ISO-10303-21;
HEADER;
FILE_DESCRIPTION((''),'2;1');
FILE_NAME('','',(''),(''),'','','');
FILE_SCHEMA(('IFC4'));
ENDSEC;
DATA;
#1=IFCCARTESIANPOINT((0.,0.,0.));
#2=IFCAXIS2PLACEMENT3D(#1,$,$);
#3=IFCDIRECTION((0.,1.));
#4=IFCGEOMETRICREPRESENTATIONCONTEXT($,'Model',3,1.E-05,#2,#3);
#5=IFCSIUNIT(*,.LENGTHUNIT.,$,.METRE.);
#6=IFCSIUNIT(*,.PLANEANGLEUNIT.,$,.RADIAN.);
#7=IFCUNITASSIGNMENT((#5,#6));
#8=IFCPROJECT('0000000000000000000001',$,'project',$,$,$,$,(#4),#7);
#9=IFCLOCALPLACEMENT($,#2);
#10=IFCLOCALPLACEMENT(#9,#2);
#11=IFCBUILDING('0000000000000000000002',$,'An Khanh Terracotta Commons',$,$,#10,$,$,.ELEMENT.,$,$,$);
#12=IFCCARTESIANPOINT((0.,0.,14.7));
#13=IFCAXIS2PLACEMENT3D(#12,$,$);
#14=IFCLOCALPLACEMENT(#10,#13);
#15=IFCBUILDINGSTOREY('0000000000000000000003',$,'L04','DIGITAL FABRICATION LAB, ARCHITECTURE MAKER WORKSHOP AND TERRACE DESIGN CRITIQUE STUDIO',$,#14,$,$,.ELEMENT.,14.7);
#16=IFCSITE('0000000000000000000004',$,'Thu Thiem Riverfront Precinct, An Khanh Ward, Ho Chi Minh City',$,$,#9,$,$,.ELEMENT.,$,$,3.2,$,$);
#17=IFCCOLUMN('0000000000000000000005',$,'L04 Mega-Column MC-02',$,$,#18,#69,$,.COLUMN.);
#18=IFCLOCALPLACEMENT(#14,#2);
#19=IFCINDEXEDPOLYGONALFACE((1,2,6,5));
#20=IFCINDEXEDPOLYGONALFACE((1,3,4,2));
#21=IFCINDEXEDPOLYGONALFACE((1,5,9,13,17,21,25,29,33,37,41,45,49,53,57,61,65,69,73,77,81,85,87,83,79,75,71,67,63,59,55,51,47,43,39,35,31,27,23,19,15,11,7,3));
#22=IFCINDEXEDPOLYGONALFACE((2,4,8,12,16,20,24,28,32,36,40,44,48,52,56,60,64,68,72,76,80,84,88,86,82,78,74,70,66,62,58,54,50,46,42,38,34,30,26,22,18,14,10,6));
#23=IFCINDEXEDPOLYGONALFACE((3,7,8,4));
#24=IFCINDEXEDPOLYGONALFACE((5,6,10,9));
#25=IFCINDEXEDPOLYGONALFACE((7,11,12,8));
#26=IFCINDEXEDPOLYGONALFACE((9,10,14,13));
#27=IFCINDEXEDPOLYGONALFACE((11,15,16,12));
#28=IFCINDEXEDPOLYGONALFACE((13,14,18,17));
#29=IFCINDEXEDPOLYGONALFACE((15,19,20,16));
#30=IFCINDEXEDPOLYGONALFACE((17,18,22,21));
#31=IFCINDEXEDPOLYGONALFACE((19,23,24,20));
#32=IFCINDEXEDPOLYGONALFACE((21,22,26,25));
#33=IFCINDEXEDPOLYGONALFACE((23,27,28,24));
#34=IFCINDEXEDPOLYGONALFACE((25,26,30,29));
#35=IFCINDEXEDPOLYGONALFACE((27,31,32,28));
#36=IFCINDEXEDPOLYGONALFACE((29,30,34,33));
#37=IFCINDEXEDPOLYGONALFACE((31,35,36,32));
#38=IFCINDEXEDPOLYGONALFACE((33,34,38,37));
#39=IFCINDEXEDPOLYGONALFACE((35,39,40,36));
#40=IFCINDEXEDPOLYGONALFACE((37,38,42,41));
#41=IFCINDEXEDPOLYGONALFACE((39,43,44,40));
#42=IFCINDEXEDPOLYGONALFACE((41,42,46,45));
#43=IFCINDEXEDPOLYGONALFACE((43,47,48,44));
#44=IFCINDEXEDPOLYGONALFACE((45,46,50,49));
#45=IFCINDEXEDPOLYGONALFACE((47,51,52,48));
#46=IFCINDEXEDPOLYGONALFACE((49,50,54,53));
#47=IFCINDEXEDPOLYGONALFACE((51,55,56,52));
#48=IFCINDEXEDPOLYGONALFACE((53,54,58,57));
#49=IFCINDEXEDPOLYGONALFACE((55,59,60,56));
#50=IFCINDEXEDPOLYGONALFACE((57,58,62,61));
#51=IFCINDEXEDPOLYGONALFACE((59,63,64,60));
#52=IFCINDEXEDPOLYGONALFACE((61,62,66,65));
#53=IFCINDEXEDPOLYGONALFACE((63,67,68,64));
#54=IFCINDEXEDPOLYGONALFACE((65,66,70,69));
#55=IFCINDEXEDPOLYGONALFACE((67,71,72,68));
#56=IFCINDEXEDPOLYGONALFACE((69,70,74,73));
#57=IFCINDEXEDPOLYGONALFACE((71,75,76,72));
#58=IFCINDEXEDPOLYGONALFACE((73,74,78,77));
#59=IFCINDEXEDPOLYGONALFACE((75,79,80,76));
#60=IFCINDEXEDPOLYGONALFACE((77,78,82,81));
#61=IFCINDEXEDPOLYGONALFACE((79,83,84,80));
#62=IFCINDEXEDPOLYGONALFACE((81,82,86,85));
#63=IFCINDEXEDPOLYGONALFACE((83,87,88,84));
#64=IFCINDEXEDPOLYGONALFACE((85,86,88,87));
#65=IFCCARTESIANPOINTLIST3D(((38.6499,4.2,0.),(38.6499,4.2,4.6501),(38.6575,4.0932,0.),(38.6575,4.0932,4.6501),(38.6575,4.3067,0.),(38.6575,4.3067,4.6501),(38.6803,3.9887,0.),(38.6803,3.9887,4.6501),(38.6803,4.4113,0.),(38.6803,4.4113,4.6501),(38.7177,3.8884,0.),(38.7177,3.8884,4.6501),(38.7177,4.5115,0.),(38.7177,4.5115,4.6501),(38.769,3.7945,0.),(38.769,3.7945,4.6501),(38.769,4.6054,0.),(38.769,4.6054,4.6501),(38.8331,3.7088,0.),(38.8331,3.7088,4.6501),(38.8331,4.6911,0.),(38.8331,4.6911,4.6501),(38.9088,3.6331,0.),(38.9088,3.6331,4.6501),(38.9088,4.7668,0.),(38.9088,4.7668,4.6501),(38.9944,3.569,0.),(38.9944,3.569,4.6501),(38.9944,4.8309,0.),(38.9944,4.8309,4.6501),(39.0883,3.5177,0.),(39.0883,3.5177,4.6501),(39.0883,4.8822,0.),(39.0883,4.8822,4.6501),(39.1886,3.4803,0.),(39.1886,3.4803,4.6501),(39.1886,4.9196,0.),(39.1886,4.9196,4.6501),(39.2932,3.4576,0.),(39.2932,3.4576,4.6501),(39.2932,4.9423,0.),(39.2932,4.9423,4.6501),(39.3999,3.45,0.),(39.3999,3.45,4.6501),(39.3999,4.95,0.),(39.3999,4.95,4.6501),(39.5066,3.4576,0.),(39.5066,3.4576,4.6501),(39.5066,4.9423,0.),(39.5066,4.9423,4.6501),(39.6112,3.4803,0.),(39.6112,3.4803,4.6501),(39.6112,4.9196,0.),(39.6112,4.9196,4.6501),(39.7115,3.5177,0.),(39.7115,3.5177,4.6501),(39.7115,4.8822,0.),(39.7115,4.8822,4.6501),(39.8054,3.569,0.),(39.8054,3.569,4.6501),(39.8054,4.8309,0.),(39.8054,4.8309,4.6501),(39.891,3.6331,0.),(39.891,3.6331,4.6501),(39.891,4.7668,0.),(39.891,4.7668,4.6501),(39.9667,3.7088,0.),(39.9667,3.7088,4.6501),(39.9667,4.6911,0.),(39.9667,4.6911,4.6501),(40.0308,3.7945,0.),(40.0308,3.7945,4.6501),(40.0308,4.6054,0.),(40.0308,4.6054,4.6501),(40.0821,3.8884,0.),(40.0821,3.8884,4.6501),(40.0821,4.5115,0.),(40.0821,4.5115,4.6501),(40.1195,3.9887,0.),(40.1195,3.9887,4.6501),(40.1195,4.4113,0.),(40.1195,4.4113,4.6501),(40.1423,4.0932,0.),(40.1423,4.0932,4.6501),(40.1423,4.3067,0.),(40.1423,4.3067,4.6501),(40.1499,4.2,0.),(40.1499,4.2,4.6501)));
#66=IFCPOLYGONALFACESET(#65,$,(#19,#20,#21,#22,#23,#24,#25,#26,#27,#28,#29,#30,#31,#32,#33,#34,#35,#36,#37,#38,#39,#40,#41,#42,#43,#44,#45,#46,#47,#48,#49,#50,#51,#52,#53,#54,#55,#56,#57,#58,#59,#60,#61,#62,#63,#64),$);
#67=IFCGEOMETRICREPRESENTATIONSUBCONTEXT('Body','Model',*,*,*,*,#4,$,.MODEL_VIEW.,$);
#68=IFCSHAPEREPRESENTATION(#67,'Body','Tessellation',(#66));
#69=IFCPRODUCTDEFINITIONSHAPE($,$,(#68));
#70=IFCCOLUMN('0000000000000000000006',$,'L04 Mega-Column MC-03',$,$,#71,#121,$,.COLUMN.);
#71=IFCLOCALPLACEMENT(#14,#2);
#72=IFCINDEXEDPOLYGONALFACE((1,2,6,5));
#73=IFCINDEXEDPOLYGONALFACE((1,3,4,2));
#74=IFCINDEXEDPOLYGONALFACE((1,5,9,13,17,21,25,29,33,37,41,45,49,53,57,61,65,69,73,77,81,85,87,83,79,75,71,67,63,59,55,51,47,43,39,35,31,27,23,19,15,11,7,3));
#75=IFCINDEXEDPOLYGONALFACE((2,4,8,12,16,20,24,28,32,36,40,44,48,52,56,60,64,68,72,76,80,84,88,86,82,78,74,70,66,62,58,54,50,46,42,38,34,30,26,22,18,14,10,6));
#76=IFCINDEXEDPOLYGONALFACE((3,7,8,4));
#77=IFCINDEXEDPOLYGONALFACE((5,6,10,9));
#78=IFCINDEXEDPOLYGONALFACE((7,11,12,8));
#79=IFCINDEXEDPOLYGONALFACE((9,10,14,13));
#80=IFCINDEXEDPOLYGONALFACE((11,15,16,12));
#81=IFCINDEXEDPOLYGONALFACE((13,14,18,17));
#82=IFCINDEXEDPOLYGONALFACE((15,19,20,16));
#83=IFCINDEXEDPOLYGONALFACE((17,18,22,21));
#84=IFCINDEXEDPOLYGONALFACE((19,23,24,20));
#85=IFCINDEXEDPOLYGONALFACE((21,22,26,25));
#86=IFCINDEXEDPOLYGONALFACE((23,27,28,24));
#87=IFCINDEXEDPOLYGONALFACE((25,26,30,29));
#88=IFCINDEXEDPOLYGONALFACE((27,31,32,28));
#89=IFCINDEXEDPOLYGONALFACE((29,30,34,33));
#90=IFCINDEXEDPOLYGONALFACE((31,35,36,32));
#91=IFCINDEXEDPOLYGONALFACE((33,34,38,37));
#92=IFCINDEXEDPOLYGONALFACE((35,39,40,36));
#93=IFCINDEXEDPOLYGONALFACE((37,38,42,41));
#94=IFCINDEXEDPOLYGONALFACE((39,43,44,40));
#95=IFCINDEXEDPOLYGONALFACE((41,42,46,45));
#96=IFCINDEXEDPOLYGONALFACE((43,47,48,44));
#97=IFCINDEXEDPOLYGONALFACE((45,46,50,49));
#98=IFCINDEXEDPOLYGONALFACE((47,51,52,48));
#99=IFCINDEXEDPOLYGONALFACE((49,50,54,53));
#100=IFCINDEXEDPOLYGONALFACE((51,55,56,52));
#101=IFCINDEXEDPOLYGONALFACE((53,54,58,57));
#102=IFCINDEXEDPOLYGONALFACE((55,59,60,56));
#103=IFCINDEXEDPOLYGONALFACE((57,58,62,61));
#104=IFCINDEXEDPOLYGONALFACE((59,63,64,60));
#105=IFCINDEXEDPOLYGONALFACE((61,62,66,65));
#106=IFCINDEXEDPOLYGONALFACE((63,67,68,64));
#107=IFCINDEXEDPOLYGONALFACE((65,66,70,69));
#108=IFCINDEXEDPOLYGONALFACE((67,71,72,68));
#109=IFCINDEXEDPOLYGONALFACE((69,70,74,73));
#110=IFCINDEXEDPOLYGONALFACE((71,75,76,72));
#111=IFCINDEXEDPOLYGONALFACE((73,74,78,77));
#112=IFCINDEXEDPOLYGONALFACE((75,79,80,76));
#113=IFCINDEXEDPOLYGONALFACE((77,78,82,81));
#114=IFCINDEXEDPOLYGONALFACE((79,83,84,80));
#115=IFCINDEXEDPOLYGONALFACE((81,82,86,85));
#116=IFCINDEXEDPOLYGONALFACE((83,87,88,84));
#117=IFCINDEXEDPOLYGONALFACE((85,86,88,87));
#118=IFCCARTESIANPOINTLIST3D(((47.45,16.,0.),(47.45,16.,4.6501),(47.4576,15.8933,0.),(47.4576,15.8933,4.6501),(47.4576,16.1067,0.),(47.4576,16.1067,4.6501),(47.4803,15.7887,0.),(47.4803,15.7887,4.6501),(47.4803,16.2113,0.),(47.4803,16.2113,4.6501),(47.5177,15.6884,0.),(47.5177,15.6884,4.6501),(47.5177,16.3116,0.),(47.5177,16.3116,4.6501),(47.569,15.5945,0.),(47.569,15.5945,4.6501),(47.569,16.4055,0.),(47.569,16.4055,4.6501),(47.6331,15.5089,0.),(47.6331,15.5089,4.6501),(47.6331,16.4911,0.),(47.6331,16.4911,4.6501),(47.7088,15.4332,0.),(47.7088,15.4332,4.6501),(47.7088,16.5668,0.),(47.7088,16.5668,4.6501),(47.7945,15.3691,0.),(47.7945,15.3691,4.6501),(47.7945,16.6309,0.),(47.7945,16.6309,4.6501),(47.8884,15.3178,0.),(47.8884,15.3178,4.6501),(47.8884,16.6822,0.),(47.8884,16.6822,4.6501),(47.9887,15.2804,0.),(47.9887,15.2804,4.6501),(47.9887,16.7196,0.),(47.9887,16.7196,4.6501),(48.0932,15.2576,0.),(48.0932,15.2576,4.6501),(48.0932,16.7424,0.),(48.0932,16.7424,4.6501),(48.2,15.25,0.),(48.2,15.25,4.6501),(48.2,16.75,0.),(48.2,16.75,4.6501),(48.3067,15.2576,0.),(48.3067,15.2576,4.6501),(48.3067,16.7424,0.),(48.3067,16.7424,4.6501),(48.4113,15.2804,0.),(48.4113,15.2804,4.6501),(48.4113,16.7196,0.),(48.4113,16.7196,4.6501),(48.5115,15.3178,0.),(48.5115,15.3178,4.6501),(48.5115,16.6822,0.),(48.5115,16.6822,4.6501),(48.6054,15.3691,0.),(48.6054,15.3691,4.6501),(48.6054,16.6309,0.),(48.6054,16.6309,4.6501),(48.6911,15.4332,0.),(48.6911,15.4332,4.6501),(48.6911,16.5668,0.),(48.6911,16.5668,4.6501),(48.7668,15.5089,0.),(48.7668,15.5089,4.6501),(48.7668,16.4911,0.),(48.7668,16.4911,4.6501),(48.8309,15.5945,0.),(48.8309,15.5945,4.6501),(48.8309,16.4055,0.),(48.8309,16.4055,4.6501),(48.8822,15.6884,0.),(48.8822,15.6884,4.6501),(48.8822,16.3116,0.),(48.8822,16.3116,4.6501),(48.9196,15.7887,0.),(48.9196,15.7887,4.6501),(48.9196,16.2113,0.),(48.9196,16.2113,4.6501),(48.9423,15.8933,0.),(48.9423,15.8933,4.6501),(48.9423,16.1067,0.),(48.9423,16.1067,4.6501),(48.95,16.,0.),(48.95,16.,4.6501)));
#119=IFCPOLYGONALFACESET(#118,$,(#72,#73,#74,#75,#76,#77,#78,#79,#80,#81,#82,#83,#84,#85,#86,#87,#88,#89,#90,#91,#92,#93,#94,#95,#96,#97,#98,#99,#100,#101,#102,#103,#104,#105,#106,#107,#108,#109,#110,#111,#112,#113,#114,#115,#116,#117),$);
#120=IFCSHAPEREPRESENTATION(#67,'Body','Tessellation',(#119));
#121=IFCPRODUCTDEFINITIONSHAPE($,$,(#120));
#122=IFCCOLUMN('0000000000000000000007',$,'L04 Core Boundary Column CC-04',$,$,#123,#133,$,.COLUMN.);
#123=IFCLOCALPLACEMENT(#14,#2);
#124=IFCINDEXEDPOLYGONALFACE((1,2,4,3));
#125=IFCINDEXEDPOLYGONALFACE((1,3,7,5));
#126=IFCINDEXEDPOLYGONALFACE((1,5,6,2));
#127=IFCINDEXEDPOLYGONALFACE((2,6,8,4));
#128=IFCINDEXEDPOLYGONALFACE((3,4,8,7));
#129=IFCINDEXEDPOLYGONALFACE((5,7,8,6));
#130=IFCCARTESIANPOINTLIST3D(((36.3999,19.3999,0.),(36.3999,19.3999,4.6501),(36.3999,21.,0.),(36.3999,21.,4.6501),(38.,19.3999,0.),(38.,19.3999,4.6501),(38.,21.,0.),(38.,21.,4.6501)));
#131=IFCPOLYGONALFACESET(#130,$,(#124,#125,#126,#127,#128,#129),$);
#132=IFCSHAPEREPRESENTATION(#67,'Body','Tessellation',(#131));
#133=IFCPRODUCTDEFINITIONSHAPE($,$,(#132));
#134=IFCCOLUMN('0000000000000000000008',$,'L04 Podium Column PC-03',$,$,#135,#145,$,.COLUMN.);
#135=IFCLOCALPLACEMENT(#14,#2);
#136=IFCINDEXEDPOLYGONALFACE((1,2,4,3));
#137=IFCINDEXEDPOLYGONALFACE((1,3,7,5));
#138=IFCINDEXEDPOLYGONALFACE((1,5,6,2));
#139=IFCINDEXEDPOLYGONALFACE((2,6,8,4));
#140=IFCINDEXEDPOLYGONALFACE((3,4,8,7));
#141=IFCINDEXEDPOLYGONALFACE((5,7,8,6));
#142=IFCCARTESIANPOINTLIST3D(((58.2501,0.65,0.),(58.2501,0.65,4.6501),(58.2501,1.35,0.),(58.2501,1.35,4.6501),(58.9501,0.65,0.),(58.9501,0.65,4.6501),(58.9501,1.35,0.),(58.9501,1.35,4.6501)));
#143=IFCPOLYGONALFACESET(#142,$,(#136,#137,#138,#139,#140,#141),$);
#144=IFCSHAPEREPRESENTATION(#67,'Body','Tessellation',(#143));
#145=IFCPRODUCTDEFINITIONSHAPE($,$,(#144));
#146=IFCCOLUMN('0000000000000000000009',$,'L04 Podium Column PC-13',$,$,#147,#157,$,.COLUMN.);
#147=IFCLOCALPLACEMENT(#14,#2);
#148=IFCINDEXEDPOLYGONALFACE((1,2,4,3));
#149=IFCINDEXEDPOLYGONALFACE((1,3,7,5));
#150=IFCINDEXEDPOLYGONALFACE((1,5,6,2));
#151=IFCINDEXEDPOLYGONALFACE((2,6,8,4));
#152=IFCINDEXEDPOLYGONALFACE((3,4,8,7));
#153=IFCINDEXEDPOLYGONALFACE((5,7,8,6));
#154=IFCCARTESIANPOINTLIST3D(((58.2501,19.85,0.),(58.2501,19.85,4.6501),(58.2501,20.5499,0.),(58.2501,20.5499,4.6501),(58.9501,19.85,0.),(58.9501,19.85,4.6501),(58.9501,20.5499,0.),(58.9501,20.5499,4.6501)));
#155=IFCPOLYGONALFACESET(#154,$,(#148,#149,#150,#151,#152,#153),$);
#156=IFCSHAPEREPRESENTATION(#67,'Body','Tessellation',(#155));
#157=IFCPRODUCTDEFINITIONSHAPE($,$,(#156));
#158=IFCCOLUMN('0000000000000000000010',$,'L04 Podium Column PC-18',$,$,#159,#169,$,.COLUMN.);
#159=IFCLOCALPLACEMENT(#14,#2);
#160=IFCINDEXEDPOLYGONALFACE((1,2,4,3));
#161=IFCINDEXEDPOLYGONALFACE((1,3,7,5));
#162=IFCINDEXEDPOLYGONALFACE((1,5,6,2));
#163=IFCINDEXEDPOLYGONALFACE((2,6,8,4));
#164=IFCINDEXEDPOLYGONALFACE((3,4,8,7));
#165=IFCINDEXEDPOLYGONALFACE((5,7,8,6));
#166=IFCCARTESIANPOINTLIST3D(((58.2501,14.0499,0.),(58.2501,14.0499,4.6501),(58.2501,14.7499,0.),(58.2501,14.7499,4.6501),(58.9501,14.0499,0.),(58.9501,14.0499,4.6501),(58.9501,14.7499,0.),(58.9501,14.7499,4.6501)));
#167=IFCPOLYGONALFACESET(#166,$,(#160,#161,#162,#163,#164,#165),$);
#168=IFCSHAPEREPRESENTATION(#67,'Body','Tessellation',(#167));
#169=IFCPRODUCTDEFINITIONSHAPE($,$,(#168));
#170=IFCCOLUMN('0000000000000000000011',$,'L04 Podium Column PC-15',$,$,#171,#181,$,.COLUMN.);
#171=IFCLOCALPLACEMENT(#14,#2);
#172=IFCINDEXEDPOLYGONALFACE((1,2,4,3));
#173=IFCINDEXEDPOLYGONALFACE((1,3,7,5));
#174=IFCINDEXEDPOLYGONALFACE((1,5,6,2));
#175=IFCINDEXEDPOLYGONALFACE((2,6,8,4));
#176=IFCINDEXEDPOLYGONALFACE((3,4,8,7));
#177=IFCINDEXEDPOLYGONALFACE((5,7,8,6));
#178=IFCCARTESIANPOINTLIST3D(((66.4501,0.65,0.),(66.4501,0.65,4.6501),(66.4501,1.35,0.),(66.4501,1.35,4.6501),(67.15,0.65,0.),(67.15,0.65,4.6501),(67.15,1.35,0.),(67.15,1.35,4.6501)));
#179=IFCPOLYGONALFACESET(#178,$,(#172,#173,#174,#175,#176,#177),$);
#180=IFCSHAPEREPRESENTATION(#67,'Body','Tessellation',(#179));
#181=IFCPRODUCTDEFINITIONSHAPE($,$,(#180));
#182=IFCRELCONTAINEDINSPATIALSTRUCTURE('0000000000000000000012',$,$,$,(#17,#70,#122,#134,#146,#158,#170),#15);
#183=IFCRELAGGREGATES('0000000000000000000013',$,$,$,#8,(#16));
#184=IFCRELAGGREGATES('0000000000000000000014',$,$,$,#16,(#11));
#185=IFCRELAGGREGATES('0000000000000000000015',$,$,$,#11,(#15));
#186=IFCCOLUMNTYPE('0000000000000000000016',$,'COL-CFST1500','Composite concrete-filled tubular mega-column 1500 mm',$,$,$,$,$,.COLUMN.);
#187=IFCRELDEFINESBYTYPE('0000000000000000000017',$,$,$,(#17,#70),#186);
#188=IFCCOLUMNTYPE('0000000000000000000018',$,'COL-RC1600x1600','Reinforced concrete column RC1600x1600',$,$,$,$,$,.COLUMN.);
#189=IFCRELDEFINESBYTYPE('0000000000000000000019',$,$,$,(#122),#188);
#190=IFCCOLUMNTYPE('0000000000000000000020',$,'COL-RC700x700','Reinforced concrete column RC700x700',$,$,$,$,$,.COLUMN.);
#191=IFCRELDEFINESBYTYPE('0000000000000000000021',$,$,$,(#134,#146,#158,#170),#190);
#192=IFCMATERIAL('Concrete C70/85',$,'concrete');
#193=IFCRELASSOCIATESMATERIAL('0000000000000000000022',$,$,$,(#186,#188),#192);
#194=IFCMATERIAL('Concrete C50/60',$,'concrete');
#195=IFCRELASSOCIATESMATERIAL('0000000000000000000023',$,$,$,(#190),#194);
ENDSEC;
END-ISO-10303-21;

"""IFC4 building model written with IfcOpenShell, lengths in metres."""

from ifc_helpers import new_model, si_unit, direction, frame, origin, origin_2d, place, context, subcontext, project, spatial, rectangle, circle, extrude, material, material_profile, profile_set, type_object, element, save


model = new_model("IFC4")

# Units and contexts
model_context = context("Model", 3, precision=1e-05, world=origin(), true_north=direction((0.0, 1.0)))
body_context = subcontext(model_context, "Body", "Model", "MODEL_VIEW")
ifc_project = project(units=[si_unit("LENGTHUNIT", "METRE"), si_unit("PLANEANGLEUNIT", "RADIAN")], contexts=[model_context])

# Site, building, storey
site_placement = place(None, origin())
site = spatial("IfcSite", under=ifc_project, at=site_placement, Name="Thu Thiem Riverfront Precinct, An Khanh Ward, Ho Chi Minh City", CompositionType="ELEMENT", RefElevation=3.2)
building_placement = place(site_placement, origin())
building = spatial("IfcBuilding", under=site, at=building_placement, Name="An Khanh Terracotta Commons", CompositionType="ELEMENT")
storey_placement = place(building_placement, frame((0.0, 0.0, 14.7)))
storey = spatial("IfcBuildingStorey", under=building, at=storey_placement, Name="L04", Description="DIGITAL FABRICATION LAB, ARCHITECTURE MAKER WORKSHOP AND TERRACE DESIGN CRITIQUE STUDIO", CompositionType="ELEMENT", Elevation=14.7)

# Columns
ifc_material_1 = material(Name="Concrete C70/85", Category="concrete")
ifc_material_profile_1 = material_profile(ifc_material_1, circle(Radius=0.75, at=origin_2d()), Name="CFST1500")
ifc_profile_set_1 = profile_set([ifc_material_profile_1], Name="Concrete C70/85")
column_type_1 = type_object("IfcColumnType", Name="COL-CFST1500", Description="Composite concrete-filled tubular mega-column 1500 mm", PredefinedType="COLUMN", material=ifc_profile_set_1)
for number, where, z_axis, x_axis, name in (
    (1, (39.3999, 4.2, 0.0), (0.0, 0.0, 1.0), (1.0, 0.0, 0.0), "L04 Mega-Column MC-02"),
    (2, (48.2, 16.0, 0.0), (0.0, 0.0, 1.0), (1.0, 0.0, 0.0), "L04 Mega-Column MC-03"),
):
    element("IfcColumn", number, at=place(storey_placement, frame(where, z_axis=z_axis, x_axis=x_axis)), inside=storey, type_object=column_type_1, Name=name, PredefinedType="COLUMN", context=body_context, shape_type="SweptSolid", body=[
        extrude(circle(Radius=0.75, at=origin_2d()), origin(), (0.0, 0.0, 1.0), 4.6501),
    ])
ifc_material_profile_2 = material_profile(ifc_material_1, rectangle(XDim=1.6001, YDim=1.6001, at=origin_2d()), Name="RC1600x1600")
ifc_profile_set_2 = profile_set([ifc_material_profile_2], Name="Concrete C70/85")
column_type_2 = type_object("IfcColumnType", Name="COL-RC1600x1600", Description="Reinforced concrete column RC1600x1600", PredefinedType="COLUMN", material=ifc_profile_set_2)
column_placement = place(storey_placement, frame((37.2, 20.2, 0.0), z_axis=(0.0, 0.0, 1.0), x_axis=(1.0, 0.0, 0.0)))
element("IfcColumn", 3, at=column_placement, inside=storey, type_object=column_type_2, Name="L04 Core Boundary Column CC-04", PredefinedType="COLUMN", context=body_context, shape_type="SweptSolid", body=[
    extrude(rectangle(XDim=1.6001, YDim=1.6001, at=origin_2d()), origin(), (0.0, 0.0, 1.0), 4.6501),
])
ifc_material_2 = material(Name="Concrete C50/60", Category="concrete")
ifc_material_profile_3 = material_profile(ifc_material_2, rectangle(XDim=0.7, YDim=0.7, at=origin_2d()), Name="RC700x700")
ifc_profile_set_3 = profile_set([ifc_material_profile_3], Name="Concrete C50/60")
column_type_3 = type_object("IfcColumnType", Name="COL-RC700x700", Description="Reinforced concrete column RC700x700", PredefinedType="COLUMN", material=ifc_profile_set_3)
for number, where, z_axis, x_axis, name in (
    (4, (58.6001, 1.0, 0.0), (0.0, 0.0, 1.0), (1.0, 0.0, 0.0), "L04 Podium Column PC-03"),
    (5, (58.6001, 20.2, 0.0), (0.0, 0.0, 1.0), (1.0, 0.0, 0.0), "L04 Podium Column PC-13"),
    (6, (58.6001, 14.3999, 0.0), (0.0, 0.0, 1.0), (1.0, 0.0, 0.0), "L04 Podium Column PC-18"),
    (7, (66.8, 1.0, 0.0), (0.0, 0.0, 1.0), (1.0, 0.0, 0.0), "L04 Podium Column PC-15"),
):
    element("IfcColumn", number, at=place(storey_placement, frame(where, z_axis=z_axis, x_axis=x_axis)), inside=storey, type_object=column_type_3, Name=name, PredefinedType="COLUMN", context=body_context, shape_type="SweptSolid", body=[
        extrude(rectangle(XDim=0.7, YDim=0.7, at=origin_2d()), origin(), (0.0, 0.0, 1.0), 4.6501),
    ])

save(model, "model.ifc")
